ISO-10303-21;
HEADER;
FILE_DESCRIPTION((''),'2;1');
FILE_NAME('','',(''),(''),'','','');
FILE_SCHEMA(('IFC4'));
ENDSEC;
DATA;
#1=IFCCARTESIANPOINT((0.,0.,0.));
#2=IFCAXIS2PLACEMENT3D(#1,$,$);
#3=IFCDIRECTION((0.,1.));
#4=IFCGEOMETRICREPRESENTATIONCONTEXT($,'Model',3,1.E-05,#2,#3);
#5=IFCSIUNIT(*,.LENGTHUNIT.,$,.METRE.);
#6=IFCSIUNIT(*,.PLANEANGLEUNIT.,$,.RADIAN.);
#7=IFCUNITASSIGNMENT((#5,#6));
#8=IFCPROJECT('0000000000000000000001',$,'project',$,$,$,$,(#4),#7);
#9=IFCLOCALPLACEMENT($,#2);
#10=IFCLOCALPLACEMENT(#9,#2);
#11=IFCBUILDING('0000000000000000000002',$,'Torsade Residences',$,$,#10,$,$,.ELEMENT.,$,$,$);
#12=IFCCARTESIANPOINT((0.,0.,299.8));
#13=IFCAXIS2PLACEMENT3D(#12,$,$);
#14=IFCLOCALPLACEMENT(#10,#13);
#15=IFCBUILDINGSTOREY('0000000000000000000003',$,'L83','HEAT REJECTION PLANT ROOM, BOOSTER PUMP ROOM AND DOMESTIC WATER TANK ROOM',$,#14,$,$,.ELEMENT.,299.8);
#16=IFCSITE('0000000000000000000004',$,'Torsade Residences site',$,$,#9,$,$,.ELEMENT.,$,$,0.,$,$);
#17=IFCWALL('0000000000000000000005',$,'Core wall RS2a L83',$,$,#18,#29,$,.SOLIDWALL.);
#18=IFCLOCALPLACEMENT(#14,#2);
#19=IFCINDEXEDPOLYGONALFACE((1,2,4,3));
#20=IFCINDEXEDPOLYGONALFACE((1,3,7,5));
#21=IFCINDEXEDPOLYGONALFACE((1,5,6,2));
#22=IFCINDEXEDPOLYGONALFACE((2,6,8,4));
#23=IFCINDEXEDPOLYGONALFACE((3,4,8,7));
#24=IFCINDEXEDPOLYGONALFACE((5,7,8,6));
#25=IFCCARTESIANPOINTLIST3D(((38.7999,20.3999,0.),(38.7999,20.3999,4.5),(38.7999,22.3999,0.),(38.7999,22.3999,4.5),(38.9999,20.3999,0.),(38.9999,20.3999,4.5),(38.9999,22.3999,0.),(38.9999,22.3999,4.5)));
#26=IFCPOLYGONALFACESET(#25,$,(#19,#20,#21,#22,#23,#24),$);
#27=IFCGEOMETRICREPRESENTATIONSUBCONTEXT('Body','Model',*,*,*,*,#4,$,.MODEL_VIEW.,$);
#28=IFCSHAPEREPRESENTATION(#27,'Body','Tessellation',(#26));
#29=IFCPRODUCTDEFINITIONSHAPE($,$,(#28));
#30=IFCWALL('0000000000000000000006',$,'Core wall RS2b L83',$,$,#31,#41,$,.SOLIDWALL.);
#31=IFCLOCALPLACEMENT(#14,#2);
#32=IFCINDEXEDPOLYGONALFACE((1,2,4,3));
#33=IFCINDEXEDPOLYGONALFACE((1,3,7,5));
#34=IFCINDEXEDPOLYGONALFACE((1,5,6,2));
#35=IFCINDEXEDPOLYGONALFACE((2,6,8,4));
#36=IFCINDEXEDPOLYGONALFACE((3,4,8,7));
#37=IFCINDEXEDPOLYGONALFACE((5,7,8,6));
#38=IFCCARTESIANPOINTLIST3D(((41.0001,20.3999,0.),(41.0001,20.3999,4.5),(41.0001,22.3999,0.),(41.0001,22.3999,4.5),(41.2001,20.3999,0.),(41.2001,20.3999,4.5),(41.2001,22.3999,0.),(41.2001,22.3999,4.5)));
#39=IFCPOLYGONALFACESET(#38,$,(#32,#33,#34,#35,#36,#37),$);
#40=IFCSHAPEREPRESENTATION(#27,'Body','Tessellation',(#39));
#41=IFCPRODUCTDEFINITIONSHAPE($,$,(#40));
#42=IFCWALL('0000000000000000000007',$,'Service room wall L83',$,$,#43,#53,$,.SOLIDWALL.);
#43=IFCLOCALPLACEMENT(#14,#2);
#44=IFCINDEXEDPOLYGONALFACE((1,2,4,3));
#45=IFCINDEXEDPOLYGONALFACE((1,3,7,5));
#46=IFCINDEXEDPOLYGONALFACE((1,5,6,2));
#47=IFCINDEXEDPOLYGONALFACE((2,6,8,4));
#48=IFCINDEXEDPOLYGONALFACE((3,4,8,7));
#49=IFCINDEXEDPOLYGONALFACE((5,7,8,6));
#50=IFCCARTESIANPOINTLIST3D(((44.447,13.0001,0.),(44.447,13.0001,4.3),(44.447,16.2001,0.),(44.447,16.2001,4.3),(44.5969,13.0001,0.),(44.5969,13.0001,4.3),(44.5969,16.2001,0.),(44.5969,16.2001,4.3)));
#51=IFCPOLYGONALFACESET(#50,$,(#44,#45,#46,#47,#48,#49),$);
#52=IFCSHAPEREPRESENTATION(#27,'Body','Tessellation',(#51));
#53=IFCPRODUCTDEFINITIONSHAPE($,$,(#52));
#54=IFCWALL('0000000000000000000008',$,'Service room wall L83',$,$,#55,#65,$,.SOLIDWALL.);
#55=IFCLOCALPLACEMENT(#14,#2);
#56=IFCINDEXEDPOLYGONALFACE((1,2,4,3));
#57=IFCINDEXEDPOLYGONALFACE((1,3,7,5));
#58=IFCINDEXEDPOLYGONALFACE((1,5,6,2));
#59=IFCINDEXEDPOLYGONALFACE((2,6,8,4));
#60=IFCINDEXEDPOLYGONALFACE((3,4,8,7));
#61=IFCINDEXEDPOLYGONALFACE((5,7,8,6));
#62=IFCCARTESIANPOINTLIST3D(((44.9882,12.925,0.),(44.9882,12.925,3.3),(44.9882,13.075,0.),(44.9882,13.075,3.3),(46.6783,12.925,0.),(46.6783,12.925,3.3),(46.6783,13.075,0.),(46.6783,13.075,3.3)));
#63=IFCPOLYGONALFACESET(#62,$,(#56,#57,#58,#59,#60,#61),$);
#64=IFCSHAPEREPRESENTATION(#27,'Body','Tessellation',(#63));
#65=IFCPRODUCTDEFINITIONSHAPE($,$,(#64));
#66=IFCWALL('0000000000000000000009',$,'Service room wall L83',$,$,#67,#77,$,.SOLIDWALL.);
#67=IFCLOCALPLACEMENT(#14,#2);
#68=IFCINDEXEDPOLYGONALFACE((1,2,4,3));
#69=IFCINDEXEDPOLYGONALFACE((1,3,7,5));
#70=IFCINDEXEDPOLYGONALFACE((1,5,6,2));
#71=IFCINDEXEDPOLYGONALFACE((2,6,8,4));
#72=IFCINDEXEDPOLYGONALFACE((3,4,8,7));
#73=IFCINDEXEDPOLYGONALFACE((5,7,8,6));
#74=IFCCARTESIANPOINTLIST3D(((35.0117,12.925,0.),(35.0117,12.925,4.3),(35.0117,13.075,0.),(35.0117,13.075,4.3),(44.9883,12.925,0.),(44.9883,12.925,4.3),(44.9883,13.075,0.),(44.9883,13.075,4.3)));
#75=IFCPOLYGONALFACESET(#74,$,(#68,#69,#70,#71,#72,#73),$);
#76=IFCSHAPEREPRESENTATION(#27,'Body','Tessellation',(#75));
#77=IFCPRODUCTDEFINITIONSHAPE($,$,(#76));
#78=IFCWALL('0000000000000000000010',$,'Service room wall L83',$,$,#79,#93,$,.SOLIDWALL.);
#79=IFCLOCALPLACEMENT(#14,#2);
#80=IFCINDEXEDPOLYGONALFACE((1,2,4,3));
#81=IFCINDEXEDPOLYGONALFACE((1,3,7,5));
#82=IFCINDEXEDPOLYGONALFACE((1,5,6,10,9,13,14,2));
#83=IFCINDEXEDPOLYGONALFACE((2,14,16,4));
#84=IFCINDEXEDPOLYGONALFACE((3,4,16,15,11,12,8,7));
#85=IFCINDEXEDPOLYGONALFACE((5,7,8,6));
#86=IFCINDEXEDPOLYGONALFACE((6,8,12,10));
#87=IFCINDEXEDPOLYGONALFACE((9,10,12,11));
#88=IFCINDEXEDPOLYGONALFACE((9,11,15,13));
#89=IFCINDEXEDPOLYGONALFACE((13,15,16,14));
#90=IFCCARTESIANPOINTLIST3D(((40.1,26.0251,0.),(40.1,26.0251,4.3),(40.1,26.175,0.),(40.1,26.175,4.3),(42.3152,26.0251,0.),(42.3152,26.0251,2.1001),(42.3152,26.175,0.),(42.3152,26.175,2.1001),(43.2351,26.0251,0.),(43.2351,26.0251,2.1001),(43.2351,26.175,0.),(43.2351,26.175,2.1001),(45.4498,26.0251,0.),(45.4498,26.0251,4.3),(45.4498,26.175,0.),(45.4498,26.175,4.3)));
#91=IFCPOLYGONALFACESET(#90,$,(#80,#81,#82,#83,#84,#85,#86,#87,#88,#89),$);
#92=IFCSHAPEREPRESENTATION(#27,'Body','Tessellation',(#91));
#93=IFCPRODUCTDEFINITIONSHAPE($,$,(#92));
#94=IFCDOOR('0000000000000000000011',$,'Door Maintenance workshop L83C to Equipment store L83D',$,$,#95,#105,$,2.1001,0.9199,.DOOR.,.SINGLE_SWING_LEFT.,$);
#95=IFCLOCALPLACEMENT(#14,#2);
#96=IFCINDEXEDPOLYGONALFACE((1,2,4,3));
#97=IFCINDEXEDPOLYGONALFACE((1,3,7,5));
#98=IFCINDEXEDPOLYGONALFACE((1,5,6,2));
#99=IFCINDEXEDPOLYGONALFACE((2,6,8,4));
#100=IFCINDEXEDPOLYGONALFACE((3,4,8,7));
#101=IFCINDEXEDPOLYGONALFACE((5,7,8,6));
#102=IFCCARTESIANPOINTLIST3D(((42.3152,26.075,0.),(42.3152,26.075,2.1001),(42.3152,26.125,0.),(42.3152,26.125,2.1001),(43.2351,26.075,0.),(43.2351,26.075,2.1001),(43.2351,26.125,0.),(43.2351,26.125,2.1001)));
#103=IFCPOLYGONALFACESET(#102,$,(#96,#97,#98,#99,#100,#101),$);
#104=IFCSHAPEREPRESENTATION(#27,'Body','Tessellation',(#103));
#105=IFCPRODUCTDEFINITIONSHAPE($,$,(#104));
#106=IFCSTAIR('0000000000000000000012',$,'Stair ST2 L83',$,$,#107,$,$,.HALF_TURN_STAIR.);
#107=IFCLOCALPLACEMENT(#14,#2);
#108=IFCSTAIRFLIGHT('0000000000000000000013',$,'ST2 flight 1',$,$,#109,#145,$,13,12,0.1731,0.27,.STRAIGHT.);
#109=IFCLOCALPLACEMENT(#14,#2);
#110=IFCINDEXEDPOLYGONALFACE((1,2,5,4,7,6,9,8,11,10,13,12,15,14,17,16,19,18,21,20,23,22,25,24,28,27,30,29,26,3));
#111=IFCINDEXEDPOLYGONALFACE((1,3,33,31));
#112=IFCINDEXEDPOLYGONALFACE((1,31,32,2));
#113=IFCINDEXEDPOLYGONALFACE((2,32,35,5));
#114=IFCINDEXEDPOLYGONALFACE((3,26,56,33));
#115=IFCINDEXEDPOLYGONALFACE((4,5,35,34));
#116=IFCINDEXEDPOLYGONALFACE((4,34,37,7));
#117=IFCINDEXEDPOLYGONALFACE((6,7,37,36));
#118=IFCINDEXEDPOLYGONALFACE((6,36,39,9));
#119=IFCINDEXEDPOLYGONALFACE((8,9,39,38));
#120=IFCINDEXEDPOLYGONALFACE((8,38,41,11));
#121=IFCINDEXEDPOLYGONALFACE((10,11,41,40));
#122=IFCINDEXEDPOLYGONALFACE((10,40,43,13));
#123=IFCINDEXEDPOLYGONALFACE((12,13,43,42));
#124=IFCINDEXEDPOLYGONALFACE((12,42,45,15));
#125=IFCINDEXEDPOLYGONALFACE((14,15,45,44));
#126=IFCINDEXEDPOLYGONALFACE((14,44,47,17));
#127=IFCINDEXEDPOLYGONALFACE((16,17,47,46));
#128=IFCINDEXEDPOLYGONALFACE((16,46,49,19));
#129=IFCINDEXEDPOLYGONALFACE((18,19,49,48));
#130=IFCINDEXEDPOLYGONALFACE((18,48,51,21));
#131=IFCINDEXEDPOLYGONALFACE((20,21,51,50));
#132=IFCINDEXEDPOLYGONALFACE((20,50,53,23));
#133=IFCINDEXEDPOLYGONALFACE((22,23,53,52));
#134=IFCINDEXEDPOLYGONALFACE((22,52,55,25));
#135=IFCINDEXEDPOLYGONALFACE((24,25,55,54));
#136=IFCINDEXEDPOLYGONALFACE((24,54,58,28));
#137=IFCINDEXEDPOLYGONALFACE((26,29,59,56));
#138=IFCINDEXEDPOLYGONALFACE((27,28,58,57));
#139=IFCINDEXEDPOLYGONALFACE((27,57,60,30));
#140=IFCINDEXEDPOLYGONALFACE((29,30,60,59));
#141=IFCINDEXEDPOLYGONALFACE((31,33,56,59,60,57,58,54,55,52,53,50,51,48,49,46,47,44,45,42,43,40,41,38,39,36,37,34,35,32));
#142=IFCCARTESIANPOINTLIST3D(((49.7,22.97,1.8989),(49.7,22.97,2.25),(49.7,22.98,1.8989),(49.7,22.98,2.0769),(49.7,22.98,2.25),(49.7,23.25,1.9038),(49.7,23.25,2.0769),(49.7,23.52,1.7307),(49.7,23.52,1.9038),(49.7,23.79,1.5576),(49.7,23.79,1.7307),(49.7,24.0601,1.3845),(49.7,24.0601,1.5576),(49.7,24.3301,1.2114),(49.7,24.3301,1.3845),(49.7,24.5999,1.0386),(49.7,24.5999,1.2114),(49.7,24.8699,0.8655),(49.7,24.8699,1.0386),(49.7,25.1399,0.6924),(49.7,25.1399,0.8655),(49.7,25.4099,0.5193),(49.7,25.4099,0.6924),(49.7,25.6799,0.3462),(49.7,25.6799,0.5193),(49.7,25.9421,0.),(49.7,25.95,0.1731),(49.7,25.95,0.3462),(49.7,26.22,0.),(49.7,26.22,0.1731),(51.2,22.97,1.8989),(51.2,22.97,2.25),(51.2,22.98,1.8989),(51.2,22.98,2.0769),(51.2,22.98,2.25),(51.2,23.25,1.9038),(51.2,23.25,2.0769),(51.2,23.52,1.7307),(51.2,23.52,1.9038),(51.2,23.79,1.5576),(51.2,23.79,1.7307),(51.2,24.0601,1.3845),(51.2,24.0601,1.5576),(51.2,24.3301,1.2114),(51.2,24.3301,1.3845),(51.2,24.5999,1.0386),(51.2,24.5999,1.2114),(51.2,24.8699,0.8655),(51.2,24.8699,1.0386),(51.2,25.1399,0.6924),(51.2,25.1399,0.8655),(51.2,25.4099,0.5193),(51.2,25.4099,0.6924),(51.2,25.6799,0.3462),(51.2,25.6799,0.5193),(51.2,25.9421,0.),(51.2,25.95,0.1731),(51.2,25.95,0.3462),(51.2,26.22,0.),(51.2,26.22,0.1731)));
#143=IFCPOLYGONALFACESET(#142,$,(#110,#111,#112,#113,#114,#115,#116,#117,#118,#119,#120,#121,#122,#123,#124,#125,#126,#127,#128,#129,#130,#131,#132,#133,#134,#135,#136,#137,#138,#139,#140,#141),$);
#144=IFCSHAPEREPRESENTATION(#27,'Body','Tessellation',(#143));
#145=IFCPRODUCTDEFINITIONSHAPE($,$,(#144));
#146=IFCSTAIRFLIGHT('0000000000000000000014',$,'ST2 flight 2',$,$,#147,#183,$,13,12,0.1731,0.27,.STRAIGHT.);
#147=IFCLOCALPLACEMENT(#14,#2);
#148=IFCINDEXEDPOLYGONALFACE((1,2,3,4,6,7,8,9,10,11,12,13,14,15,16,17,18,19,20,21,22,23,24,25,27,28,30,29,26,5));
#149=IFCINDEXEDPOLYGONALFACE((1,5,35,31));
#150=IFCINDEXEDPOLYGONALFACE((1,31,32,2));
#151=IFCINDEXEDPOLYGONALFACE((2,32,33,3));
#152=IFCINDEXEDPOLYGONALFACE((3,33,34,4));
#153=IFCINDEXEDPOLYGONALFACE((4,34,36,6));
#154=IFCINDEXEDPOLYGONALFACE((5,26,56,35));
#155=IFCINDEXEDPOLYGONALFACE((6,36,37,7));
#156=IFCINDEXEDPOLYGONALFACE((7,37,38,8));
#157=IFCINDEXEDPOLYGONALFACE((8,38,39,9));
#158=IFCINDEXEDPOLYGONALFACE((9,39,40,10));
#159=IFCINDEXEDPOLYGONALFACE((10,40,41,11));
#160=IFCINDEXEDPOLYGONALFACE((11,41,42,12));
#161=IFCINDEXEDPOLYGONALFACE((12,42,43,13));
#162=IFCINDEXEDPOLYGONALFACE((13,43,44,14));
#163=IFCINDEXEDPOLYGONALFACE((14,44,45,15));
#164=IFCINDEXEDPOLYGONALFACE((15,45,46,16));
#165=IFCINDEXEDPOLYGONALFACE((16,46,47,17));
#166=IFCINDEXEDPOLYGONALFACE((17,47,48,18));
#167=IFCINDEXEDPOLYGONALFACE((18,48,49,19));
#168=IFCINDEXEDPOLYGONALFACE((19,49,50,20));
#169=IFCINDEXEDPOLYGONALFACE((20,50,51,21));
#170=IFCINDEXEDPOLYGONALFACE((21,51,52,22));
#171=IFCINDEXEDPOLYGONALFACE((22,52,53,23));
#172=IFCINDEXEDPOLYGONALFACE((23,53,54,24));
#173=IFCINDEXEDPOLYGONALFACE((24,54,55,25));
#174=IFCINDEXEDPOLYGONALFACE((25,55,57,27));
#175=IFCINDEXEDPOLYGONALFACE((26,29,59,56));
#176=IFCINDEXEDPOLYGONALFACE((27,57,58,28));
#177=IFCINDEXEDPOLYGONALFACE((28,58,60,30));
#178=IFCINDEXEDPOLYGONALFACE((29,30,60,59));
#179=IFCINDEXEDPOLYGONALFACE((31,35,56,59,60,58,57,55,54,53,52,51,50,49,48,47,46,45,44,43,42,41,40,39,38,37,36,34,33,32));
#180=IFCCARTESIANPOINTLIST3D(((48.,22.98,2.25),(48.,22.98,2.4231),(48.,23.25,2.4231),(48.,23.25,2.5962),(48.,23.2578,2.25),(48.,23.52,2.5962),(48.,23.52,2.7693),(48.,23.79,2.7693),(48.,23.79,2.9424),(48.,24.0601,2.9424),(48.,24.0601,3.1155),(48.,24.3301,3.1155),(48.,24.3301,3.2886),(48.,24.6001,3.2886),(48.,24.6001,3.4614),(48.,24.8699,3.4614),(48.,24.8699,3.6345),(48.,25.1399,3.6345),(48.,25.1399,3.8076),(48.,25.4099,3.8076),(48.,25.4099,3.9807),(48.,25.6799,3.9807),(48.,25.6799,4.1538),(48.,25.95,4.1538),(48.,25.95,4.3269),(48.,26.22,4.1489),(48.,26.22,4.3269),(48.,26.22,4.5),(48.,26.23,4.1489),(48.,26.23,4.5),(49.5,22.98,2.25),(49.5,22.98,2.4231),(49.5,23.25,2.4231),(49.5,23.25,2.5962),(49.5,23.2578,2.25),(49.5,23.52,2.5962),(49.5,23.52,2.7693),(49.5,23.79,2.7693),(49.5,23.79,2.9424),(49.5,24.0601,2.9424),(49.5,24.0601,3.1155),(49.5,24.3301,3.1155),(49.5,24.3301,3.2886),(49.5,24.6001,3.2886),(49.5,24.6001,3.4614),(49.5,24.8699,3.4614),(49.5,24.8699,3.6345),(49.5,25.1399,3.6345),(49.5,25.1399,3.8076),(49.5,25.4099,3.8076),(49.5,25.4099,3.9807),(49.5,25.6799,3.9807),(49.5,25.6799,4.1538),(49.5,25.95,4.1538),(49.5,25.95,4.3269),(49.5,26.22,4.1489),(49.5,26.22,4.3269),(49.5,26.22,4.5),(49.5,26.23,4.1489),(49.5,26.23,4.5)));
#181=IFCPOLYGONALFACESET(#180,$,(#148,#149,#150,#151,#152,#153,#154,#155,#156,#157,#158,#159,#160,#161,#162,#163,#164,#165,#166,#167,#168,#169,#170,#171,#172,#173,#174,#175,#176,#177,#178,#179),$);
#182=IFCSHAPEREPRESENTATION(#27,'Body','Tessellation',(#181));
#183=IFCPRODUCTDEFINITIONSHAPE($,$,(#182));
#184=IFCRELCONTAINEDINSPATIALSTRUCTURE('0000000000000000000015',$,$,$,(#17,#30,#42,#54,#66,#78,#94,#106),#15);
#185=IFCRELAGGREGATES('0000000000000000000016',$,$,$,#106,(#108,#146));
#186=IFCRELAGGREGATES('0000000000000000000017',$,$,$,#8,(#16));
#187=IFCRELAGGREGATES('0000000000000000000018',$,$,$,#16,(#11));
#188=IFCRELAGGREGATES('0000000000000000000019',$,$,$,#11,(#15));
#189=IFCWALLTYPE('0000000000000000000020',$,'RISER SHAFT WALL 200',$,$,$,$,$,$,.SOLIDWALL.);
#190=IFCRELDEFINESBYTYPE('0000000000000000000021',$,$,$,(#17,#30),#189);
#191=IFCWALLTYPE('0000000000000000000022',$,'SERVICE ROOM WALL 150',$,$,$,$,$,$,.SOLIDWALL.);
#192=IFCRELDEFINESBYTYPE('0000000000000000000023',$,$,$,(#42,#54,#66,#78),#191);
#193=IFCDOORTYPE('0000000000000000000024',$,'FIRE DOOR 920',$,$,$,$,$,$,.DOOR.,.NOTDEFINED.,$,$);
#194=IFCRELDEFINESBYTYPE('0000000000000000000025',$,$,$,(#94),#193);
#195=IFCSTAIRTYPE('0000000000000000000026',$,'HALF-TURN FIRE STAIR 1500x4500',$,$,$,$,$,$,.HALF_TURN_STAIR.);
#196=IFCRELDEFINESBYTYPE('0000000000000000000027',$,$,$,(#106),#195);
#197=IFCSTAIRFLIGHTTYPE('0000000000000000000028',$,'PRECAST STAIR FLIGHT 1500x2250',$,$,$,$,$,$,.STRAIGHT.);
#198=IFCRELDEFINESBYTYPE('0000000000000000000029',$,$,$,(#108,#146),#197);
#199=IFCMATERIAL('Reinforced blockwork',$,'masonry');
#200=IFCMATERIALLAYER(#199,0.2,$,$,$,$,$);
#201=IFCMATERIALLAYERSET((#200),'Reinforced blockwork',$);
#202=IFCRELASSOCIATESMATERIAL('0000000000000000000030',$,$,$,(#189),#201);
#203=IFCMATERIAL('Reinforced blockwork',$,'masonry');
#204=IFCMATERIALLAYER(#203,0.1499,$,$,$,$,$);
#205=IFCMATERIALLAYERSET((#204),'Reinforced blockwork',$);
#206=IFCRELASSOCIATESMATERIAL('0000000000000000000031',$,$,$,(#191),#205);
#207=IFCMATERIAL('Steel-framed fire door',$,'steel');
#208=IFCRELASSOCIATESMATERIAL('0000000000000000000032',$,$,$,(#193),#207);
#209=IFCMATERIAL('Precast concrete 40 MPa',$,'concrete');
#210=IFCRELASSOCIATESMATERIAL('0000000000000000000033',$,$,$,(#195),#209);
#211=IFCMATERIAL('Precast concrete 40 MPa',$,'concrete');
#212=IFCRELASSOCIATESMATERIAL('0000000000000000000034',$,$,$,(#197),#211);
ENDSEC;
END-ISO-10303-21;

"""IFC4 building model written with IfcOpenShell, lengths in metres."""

from ifc_helpers import new_model, si_unit, direction, frame, frame_2d, origin, place, context, subcontext, project, spatial, polyline, rectangle, outline, extrude, material, layer, layer_set, type_object, element, fill, aggregate, save


model = new_model("IFC4")

# Units and contexts
model_context = context("Model", 3, precision=1e-05, world=origin(), true_north=direction((0.0, 1.0)))
body_context = subcontext(model_context, "Body", "Model", "MODEL_VIEW")
ifc_project = project(units=[si_unit("LENGTHUNIT", "METRE"), si_unit("PLANEANGLEUNIT", "RADIAN")], contexts=[model_context])

# Site, building, storey
site_placement = place(None, origin())
site = spatial("IfcSite", under=ifc_project, at=site_placement, Name="Torsade Residences site", CompositionType="ELEMENT", RefElevation=0.0)
building_placement = place(site_placement, origin())
building = spatial("IfcBuilding", under=site, at=building_placement, Name="Torsade Residences", CompositionType="ELEMENT")
storey_placement = place(building_placement, frame((0.0, 0.0, 299.8)))
storey = spatial("IfcBuildingStorey", under=building, at=storey_placement, Name="L83", Description="HEAT REJECTION PLANT ROOM, BOOSTER PUMP ROOM AND DOMESTIC WATER TANK ROOM", CompositionType="ELEMENT", Elevation=299.8)

# Walls
ifc_material_1 = material(Name="Reinforced blockwork", Category="masonry")
ifc_layer_1 = layer(ifc_material_1, 0.2)
ifc_layer_set_1 = layer_set([ifc_layer_1], Name="Reinforced blockwork")
wall_type_1 = type_object("IfcWallType", Name="RISER SHAFT WALL 200", PredefinedType="SOLIDWALL", material=ifc_layer_set_1)
for number, where, z_axis, x_axis, name in (
    (1, (38.8999, 22.3999, 0.0), (0.0, 0.0, 1.0), (0.0, -1.0, 0.0), "Core wall RS2a L83"),
    (2, (41.1001, 22.3999, 0.0), (0.0, 0.0, 1.0), (0.0, -1.0, 0.0), "Core wall RS2b L83"),
):
    element("IfcWall", number, at=place(storey_placement, frame(where, z_axis=z_axis, x_axis=x_axis)), inside=storey, type_object=wall_type_1, Name=name, PredefinedType="SOLIDWALL", context=body_context, shape_type="SweptSolid", body=[
        extrude(rectangle(XDim=2.0, YDim=0.2, at=frame_2d((1.0, 0.0))), origin(), (0.0, 0.0, 1.0), 4.5),
    ])
ifc_material_2 = material(Name="Reinforced blockwork", Category="masonry")
ifc_layer_2 = layer(ifc_material_2, 0.1499)
ifc_layer_set_2 = layer_set([ifc_layer_2], Name="Reinforced blockwork")
wall_type_2 = type_object("IfcWallType", Name="SERVICE ROOM WALL 150", PredefinedType="SOLIDWALL", material=ifc_layer_set_2)
wall_1_placement = place(storey_placement, frame((44.522, 13.0, 0.0), z_axis=(0.0, 0.0, 1.0), x_axis=(0.0, 1.0, 0.0)))
element("IfcWall", 3, at=wall_1_placement, inside=storey, type_object=wall_type_2, Name="Service room wall L83", PredefinedType="SOLIDWALL", context=body_context, shape_type="SweptSolid", body=[
    extrude(rectangle(XDim=3.2, YDim=0.1499, at=frame_2d((1.6001, 0.0))), origin(), (0.0, 0.0, 1.0), 4.3),
])
wall_2_placement = place(storey_placement, frame((46.6785, 13.0, 0.0), z_axis=(0.0, 0.0, 1.0), x_axis=(-1.0, 0.0, 0.0)))
element("IfcWall", 4, at=wall_2_placement, inside=storey, type_object=wall_type_2, Name="Service room wall L83", PredefinedType="SOLIDWALL", context=body_context, shape_type="SweptSolid", body=[
    extrude(rectangle(XDim=1.6902, YDim=0.1499, at=frame_2d((0.8452, 0.0))), origin(), (0.0, 0.0, 1.0), 3.3),
])
wall_3_placement = place(storey_placement, frame((44.9883, 13.0, 0.0), z_axis=(0.0, 0.0, 1.0), x_axis=(-1.0, 0.0, 0.0)))
element("IfcWall", 5, at=wall_3_placement, inside=storey, type_object=wall_type_2, Name="Service room wall L83", PredefinedType="SOLIDWALL", context=body_context, shape_type="SweptSolid", body=[
    extrude(rectangle(XDim=9.9766, YDim=0.1499, at=frame_2d((4.9883, 0.0))), origin(), (0.0, 0.0, 1.0), 4.3),
])

# Wall, opening, door
wall_4_placement = place(storey_placement, frame((40.1001, 26.1001, 0.0), z_axis=(0.0, 0.0, 1.0), x_axis=(1.0, 0.0, 0.0)))
wall_4 = element("IfcWall", 6, at=wall_4_placement, inside=storey, type_object=wall_type_2, Name="Service room wall L83", PredefinedType="SOLIDWALL", context=body_context, shape_type="SweptSolid", body=[
    extrude(rectangle(XDim=5.3499, YDim=0.1499, at=frame_2d((2.6748, 0.0))), origin(), (0.0, 0.0, 1.0), 4.3),
])
opening_placement = place(wall_4_placement, frame((2.2151, 0.0, 0.0)))
opening = element("IfcOpeningElement", 7, at=opening_placement, cuts=wall_4, PredefinedType="OPENING", context=body_context, shape_type="SweptSolid", body=[
    extrude(rectangle(XDim=0.9199, YDim=2.1001, at=frame_2d((0.46, 1.05))), frame((0.0, 0.085, 0.0), z_axis=(0.0, -1.0, 0.0), x_axis=(1.0, 0.0, 0.0)), (0.0, 0.0, 1.0), 0.1699),
])
ifc_material_3 = material(Name="Steel-framed fire door", Category="steel")
door_type = type_object("IfcDoorType", Name="FIRE DOOR 920", OperationType="NOTDEFINED", PredefinedType="DOOR", material=ifc_material_3)
door_placement = place(opening_placement, origin())
door = element("IfcDoor", 8, at=door_placement, inside=storey, type_object=door_type, Name="Door Maintenance workshop L83C to Equipment store L83D", OperationType="SINGLE_SWING_LEFT", OverallHeight=2.1001, OverallWidth=0.9199, PredefinedType="DOOR", context=body_context, shape_type="SweptSolid", body=[
    extrude(rectangle(XDim=0.9199, YDim=2.1001, at=frame_2d((0.46, 1.05))), frame((0.0, 0.0249, 0.0), z_axis=(0.0, -1.0, 0.0), x_axis=(1.0, 0.0, 0.0)), (0.0, 0.0, 1.0), 0.05),
])
fill(opening, door)

# Stair, stair flights
ifc_material_4 = material(Name="Precast concrete 40 MPa", Category="concrete")
stair_type = type_object("IfcStairType", Name="HALF-TURN FIRE STAIR 1500x4500", PredefinedType="HALF_TURN_STAIR", material=ifc_material_4)
stair_placement = place(storey_placement, origin())
stair = element("IfcStair", 9, at=stair_placement, inside=storey, type_object=stair_type, Name="Stair ST2 L83", PredefinedType="HALF_TURN_STAIR")
ifc_material_5 = material(Name="Precast concrete 40 MPa", Category="concrete")
stair_flight_type = type_object("IfcStairFlightType", Name="PRECAST STAIR FLIGHT 1500x2250", PredefinedType="STRAIGHT", material=ifc_material_5)
stair_flight_1_placement = place(storey_placement, frame((50.45, 26.22, 0.0), z_axis=(0.0, 0.0, 1.0), x_axis=(0.0, -1.0, 0.0)))
stair_flight_1 = element("IfcStairFlight", 10, at=stair_flight_1_placement, type_object=stair_flight_type, Name="ST2 flight 1", NumberOfRisers=13, NumberOfTreads=12, PredefinedType="STRAIGHT", RiserHeight=0.1731, TreadLength=0.27, context=body_context, shape_type="SweptSolid", body=[
    extrude(outline(polyline([(0.0, 0.0), (0.0, 0.1731), (0.27, 0.1731), (0.27, 0.3462), (0.54, 0.3462), (0.54, 0.5193), (0.8101, 0.5193), (0.8101, 0.6924), (1.0801, 0.6924), (1.0801, 0.8655), (1.3501, 0.8655), (1.3501, 1.0386), (1.6201, 1.0386), (1.6201, 1.2114), (1.8899, 1.2114), (1.8899, 1.3845), (2.1599, 1.3845), (2.1599, 1.5576), (2.4299, 1.5576), (2.4299, 1.7307), (2.7, 1.7307), (2.7, 1.9038), (2.97, 1.9038), (2.97, 2.0769), (3.24, 2.0769), (3.24, 2.25), (3.25, 2.25), (3.25, 1.8989), (3.24, 1.8989), (0.2778, 0.0), (0.0, 0.0)])), frame((0.0, 0.75, 0.0), z_axis=(0.0, -1.0, 0.0), x_axis=(1.0, 0.0, 0.0)), (0.0, 0.0, 1.0), 1.5),
])
stair_flight_2_placement = place(storey_placement, frame((48.75, 22.98, 2.25), z_axis=(0.0, 0.0, 1.0), x_axis=(0.0, 1.0, 0.0)))
stair_flight_2 = element("IfcStairFlight", 11, at=stair_flight_2_placement, type_object=stair_flight_type, Name="ST2 flight 2", NumberOfRisers=13, NumberOfTreads=12, PredefinedType="STRAIGHT", RiserHeight=0.1731, TreadLength=0.27, context=body_context, shape_type="SweptSolid", body=[
    extrude(outline(polyline([(0.0, 0.0), (0.0, 0.1731), (0.27, 0.1731), (0.27, 0.3462), (0.54, 0.3462), (0.54, 0.5193), (0.8101, 0.5193), (0.8101, 0.6924), (1.0801, 0.6924), (1.0801, 0.8655), (1.3501, 0.8655), (1.3501, 1.0386), (1.6201, 1.0386), (1.6201, 1.2114), (1.8899, 1.2114), (1.8899, 1.3845), (2.1599, 1.3845), (2.1599, 1.5576), (2.4299, 1.5576), (2.4299, 1.7307), (2.7, 1.7307), (2.7, 1.9038), (2.97, 1.9038), (2.97, 2.0769), (3.24, 2.0769), (3.24, 2.25), (3.25, 2.25), (3.25, 1.8989), (3.24, 1.8989), (0.2778, 0.0), (0.0, 0.0)])), frame((0.0, 0.75, 0.0), z_axis=(0.0, -1.0, 0.0), x_axis=(1.0, 0.0, 0.0)), (0.0, 0.0, 1.0), 1.5),
])
aggregate(stair, [stair_flight_1, stair_flight_2])

save(model, "model.ifc")
